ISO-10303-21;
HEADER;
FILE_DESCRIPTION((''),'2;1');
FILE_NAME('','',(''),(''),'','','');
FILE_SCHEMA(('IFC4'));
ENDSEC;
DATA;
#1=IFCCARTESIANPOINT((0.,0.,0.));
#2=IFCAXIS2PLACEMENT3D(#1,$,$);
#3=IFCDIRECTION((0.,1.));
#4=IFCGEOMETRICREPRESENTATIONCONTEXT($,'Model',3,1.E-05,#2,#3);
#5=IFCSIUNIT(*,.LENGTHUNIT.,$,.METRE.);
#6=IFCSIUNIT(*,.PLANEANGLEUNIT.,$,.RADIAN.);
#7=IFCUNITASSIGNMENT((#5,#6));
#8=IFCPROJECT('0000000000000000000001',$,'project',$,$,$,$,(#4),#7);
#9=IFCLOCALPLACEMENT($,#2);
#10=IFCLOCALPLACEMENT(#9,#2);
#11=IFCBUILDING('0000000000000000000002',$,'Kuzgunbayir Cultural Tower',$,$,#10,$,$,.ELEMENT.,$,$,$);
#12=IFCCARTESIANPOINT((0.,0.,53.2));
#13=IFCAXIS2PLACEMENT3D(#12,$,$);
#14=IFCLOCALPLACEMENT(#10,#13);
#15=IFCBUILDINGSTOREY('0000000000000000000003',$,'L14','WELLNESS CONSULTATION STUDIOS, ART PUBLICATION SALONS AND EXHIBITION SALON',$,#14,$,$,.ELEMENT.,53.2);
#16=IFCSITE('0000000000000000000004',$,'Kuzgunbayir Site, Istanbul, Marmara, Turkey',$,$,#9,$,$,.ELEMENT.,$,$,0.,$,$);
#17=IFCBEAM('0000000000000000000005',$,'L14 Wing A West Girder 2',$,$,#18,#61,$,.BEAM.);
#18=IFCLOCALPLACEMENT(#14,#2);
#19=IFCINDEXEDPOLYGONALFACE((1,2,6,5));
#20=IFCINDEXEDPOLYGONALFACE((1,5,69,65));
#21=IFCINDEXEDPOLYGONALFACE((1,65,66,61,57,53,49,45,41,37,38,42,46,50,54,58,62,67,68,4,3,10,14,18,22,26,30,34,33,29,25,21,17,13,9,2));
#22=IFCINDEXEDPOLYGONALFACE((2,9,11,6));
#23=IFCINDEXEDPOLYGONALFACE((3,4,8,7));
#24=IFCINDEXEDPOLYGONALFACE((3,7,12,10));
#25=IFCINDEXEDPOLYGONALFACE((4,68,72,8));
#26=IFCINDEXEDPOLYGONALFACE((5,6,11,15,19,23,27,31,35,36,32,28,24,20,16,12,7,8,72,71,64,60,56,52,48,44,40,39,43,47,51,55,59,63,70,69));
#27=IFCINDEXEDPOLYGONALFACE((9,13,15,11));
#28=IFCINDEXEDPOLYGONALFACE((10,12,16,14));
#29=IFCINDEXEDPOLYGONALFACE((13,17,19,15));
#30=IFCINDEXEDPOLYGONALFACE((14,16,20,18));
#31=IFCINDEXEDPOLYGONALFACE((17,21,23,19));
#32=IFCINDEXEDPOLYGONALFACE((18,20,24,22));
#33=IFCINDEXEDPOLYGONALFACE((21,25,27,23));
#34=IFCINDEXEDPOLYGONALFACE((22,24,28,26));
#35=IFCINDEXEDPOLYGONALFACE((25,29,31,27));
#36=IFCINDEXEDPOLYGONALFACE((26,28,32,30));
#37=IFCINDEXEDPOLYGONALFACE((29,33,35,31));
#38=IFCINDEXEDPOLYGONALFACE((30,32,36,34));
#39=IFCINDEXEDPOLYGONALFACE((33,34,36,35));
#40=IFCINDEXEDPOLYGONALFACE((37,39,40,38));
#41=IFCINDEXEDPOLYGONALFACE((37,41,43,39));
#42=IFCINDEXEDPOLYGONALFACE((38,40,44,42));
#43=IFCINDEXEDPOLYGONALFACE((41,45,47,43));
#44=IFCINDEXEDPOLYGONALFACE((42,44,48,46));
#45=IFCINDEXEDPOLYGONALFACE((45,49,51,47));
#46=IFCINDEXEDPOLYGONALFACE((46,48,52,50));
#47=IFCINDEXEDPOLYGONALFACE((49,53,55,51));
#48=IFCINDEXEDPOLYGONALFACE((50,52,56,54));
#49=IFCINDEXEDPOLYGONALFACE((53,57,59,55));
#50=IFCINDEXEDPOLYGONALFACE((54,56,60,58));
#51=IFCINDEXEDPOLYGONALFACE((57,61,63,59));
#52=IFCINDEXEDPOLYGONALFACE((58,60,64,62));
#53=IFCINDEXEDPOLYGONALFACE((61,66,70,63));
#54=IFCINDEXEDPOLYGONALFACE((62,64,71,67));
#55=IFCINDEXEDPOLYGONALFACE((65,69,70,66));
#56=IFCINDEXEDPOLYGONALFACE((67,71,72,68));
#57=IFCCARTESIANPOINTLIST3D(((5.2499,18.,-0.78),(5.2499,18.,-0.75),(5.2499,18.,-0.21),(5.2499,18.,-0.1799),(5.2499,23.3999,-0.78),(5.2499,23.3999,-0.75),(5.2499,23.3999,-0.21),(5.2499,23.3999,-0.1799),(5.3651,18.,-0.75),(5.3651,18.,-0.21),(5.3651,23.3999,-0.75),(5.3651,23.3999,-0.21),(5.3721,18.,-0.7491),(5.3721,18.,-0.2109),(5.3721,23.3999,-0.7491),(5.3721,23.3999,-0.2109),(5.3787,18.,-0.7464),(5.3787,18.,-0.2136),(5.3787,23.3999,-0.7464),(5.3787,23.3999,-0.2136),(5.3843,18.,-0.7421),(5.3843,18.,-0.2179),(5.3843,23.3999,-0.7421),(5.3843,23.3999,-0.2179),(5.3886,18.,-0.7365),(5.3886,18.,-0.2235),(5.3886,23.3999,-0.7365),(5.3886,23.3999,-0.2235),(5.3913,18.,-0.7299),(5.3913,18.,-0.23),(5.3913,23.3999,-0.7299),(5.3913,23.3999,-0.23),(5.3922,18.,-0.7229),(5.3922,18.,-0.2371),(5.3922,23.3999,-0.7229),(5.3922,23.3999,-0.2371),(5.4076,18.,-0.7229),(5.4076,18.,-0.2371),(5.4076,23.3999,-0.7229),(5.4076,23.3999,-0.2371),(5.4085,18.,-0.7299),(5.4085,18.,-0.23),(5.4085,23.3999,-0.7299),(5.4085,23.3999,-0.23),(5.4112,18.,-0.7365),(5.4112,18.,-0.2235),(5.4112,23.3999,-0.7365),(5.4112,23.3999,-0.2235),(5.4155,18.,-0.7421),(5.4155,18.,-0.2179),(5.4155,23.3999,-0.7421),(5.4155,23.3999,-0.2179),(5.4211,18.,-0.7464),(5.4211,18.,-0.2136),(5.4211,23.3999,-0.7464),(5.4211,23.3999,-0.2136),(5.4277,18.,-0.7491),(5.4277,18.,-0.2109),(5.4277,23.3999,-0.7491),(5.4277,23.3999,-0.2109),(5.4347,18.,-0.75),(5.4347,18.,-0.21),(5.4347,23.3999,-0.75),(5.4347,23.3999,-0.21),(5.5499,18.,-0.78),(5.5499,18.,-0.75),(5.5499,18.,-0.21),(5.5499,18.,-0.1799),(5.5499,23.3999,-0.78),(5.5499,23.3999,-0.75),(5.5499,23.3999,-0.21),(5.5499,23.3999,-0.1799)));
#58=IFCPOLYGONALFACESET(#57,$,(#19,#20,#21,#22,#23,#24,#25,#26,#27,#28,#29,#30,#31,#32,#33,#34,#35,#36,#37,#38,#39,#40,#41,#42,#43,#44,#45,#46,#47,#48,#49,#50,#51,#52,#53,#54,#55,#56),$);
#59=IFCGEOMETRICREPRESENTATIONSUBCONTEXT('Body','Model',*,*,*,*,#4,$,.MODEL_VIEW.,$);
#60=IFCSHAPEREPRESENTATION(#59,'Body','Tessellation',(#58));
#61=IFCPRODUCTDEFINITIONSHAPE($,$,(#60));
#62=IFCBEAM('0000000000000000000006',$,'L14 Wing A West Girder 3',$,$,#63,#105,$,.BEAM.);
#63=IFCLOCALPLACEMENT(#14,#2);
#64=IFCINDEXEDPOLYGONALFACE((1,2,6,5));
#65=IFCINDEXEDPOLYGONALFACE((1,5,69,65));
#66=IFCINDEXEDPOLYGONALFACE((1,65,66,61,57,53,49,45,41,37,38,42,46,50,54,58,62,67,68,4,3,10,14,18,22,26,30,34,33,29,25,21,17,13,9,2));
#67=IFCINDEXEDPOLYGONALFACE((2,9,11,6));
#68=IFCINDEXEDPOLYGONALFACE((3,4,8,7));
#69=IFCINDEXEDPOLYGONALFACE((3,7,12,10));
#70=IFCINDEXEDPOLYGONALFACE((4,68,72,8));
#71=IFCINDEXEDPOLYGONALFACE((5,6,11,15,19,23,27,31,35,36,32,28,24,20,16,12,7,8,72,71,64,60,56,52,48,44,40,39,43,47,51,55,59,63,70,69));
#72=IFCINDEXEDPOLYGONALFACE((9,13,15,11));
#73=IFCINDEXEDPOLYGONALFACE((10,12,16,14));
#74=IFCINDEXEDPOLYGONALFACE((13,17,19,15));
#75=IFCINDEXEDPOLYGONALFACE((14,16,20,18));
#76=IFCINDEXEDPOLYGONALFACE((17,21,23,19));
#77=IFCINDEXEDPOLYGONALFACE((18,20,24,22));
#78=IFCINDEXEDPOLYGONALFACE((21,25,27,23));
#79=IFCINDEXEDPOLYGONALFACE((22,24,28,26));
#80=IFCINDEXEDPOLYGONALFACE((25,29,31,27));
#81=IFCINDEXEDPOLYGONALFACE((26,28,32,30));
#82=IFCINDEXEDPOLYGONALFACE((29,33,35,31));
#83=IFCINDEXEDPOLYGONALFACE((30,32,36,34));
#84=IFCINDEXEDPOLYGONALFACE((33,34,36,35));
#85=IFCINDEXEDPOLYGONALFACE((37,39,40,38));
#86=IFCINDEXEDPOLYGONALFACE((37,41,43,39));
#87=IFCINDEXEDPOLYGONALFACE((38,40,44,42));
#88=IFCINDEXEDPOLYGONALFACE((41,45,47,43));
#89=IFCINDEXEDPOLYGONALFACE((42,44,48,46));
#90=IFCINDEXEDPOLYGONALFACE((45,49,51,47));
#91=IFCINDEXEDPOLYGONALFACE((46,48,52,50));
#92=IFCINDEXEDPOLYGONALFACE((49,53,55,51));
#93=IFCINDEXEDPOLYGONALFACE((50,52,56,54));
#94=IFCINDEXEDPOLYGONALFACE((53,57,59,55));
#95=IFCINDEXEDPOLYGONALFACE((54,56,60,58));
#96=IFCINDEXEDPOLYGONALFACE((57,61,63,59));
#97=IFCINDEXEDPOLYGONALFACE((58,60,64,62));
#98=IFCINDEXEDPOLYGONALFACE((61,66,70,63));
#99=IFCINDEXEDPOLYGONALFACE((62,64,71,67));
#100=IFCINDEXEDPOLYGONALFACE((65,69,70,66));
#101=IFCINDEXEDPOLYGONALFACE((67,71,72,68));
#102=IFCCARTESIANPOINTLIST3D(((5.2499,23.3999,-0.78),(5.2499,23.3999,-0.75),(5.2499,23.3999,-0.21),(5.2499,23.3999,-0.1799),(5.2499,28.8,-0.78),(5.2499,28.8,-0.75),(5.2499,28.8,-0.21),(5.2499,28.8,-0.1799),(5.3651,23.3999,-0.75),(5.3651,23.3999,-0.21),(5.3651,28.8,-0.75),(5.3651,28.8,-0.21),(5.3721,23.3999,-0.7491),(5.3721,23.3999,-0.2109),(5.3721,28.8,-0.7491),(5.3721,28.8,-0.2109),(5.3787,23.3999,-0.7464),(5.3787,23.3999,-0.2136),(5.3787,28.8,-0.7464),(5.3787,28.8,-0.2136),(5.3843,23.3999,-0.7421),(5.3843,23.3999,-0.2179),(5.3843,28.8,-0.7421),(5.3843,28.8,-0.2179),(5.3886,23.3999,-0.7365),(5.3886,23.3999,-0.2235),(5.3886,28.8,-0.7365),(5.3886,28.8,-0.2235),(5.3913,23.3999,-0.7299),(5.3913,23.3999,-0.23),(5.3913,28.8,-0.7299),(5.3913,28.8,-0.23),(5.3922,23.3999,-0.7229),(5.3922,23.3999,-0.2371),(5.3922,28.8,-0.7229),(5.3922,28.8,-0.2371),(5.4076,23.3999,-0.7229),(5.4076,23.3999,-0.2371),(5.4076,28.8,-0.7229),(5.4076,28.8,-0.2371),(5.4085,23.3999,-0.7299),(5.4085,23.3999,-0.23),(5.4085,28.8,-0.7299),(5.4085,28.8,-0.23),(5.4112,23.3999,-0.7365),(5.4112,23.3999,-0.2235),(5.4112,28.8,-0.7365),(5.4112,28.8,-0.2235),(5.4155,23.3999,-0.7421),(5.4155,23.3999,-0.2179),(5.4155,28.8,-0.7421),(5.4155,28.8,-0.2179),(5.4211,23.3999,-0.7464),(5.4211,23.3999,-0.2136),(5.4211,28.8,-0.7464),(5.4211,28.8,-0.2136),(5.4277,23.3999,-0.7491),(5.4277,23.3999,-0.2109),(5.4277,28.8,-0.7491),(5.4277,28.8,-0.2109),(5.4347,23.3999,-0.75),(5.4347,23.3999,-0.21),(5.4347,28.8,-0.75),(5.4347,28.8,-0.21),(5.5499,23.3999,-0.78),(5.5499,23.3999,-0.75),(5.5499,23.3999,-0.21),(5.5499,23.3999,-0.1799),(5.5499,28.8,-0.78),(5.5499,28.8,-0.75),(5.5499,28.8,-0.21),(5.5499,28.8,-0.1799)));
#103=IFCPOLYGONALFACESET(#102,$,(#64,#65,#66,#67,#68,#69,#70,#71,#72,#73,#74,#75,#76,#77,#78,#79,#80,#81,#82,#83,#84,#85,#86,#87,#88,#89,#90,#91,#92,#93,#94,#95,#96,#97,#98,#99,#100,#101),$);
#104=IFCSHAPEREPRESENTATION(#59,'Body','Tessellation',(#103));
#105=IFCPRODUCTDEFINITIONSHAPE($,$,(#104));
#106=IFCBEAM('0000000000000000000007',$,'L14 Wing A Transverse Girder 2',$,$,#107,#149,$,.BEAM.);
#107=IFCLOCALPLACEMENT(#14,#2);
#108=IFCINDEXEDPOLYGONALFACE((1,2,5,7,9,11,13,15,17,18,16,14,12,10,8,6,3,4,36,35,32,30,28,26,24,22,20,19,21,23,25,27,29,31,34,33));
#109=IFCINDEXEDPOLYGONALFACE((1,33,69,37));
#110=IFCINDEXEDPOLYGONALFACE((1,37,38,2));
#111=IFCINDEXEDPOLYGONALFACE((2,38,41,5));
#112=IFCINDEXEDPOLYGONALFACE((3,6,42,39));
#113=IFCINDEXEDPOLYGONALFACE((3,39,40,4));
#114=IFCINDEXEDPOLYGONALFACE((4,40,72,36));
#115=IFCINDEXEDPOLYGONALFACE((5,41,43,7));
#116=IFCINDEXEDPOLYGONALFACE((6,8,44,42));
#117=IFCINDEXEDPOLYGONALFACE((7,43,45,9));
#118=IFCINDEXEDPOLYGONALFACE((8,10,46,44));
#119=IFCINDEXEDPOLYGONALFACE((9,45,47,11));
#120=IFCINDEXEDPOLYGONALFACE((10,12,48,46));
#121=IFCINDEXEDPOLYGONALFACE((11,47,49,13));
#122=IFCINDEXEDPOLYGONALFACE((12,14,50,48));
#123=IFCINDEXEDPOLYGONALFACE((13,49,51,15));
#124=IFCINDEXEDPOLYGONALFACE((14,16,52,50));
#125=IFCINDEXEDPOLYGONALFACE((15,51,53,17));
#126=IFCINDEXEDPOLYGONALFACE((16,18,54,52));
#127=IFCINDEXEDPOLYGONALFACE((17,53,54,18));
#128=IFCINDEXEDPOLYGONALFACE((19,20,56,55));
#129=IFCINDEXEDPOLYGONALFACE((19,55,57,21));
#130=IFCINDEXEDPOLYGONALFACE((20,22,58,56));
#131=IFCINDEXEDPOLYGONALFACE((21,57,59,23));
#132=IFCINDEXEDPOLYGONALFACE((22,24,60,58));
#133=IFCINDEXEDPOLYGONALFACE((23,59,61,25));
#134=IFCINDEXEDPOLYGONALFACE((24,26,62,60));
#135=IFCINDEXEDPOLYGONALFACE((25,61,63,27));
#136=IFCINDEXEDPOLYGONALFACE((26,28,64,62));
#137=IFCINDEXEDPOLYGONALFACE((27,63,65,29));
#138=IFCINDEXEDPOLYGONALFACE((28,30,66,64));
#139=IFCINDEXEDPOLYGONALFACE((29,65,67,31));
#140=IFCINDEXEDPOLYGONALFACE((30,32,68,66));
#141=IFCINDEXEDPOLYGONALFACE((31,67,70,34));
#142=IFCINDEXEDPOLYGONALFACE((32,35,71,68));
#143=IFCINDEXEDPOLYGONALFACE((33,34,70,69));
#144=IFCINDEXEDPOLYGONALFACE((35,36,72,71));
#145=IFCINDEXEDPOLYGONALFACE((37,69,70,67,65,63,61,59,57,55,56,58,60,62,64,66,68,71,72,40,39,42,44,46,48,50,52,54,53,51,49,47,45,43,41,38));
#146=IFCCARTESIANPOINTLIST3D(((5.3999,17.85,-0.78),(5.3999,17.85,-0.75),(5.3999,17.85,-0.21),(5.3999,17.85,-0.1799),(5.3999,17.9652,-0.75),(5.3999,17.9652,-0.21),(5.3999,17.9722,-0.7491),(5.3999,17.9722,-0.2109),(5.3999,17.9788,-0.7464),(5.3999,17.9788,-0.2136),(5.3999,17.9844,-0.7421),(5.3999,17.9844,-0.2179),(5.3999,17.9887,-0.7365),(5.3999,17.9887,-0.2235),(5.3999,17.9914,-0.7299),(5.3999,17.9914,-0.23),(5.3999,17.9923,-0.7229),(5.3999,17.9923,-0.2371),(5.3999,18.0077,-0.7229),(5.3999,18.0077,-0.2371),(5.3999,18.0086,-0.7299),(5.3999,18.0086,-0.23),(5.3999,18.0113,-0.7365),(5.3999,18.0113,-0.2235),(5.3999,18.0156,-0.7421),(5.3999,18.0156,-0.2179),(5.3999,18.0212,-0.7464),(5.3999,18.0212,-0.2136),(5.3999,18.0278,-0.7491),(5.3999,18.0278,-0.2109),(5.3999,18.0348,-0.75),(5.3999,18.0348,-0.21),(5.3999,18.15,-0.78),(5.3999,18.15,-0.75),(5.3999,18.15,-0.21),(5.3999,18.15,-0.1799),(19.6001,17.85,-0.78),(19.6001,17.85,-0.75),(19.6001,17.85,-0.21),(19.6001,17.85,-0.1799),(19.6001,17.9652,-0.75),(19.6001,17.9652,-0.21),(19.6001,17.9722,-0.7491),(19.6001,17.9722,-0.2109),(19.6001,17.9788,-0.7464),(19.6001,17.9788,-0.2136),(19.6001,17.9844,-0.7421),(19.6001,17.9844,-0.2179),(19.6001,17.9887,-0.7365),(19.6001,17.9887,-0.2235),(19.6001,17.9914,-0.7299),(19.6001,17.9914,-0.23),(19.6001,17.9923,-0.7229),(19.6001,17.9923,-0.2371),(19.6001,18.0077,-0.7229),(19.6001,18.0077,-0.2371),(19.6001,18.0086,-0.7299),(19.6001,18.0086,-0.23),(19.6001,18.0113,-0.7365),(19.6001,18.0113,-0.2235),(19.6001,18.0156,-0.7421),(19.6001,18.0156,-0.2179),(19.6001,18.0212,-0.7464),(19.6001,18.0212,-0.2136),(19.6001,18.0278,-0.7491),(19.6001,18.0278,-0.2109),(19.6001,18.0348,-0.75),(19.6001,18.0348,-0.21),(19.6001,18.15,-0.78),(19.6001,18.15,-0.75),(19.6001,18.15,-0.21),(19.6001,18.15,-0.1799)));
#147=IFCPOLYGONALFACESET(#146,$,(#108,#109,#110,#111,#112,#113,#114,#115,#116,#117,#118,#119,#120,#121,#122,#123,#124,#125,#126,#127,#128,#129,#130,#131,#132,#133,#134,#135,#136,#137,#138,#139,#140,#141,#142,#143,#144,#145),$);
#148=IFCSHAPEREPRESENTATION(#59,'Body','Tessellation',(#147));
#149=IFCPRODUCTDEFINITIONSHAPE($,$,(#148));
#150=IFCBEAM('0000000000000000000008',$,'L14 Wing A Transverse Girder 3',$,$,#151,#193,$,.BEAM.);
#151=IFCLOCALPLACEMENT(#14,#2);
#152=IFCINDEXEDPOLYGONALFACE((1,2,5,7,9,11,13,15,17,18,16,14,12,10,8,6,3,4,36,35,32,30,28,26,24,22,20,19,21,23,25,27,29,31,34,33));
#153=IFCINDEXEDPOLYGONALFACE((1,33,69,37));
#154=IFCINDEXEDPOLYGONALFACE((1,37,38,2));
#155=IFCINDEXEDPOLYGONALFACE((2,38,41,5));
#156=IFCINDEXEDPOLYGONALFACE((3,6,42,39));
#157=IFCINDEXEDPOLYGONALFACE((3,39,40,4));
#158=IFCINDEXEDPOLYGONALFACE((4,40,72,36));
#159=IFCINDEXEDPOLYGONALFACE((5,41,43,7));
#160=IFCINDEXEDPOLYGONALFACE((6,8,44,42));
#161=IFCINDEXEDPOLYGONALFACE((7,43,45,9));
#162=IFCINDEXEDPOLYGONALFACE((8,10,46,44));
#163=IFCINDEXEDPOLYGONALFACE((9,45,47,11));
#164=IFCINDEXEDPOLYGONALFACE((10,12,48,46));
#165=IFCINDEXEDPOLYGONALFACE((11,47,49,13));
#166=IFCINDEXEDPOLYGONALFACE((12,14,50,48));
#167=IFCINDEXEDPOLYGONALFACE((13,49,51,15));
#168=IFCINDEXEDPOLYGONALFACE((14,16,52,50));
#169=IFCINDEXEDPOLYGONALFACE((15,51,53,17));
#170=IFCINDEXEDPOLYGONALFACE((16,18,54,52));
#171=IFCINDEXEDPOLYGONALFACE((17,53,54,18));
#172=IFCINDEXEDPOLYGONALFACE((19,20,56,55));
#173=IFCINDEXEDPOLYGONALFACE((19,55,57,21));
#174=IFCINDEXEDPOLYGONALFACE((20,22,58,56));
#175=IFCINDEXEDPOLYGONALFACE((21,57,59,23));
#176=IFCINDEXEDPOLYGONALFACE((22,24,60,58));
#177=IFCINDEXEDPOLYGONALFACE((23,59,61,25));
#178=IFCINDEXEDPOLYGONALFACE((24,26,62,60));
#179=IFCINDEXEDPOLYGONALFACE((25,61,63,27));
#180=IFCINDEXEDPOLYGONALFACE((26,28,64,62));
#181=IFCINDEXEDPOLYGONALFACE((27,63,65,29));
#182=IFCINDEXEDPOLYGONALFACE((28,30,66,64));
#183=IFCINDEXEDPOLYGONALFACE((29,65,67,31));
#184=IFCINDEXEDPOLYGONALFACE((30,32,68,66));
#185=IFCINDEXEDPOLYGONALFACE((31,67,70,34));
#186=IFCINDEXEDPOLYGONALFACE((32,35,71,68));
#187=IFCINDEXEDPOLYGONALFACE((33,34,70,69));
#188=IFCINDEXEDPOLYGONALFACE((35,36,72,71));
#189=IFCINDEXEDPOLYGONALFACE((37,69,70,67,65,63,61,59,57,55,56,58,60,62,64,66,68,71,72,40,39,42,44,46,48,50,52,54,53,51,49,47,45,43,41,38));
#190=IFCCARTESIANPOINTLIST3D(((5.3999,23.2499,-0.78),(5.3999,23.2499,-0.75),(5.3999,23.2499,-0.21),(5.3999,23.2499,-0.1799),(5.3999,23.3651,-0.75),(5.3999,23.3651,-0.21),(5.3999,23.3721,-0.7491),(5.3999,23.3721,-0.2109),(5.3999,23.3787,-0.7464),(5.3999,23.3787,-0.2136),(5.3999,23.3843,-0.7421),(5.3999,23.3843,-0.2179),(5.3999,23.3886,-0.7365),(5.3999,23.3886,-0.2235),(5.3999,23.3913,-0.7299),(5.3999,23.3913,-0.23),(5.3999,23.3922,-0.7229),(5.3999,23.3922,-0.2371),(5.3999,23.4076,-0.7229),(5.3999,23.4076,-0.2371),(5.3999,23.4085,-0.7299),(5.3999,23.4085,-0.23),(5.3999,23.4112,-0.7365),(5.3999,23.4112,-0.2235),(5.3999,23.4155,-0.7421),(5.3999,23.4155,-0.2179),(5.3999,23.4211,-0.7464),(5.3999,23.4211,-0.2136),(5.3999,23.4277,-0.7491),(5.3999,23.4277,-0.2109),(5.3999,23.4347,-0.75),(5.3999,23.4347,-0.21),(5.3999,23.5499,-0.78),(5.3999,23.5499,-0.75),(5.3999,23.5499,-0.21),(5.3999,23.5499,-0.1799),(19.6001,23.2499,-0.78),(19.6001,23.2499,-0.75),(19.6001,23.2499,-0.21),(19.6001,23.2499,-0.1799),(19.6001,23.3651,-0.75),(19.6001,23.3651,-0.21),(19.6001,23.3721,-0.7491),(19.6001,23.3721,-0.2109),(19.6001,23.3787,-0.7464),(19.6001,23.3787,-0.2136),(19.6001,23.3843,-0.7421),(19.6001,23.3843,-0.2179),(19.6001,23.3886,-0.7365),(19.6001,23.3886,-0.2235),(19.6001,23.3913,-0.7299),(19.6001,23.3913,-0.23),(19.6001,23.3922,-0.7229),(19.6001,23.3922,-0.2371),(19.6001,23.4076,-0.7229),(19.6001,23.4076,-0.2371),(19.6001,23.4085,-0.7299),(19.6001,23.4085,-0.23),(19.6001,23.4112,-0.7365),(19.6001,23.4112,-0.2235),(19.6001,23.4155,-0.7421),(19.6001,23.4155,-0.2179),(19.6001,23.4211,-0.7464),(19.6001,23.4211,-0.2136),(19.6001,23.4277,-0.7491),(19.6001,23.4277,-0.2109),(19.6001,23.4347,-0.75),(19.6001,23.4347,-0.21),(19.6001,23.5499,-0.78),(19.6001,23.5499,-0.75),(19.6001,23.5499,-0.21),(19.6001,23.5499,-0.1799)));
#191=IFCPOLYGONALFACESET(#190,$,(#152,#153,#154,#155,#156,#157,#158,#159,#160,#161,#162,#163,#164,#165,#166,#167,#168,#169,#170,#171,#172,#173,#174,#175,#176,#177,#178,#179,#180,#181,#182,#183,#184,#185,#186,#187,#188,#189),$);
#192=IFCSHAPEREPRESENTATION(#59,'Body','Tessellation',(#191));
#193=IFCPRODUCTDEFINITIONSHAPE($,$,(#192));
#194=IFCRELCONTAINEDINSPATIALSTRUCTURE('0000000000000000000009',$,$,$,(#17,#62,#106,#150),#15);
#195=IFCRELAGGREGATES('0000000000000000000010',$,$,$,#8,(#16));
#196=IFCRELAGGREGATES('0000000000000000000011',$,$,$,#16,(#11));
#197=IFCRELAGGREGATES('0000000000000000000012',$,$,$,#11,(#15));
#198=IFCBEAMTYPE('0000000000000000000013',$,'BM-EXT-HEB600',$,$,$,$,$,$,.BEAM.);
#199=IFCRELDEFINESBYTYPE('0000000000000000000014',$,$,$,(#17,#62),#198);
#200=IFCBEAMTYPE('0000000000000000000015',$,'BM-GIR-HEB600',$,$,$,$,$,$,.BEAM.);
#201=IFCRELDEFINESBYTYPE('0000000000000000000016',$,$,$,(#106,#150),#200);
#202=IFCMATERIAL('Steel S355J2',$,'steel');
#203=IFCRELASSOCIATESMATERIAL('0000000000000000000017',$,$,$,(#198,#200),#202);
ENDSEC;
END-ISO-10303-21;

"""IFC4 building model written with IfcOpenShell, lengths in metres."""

from ifc_helpers import new_model, si_unit, direction, frame, origin, origin_2d, place, context, subcontext, project, spatial, i_section, extrude, material, material_profile, profile_set, type_object, element, save


model = new_model("IFC4")

# Units and contexts
model_context = context("Model", 3, precision=1e-05, world=origin(), true_north=direction((0.0, 1.0)))
body_context = subcontext(model_context, "Body", "Model", "MODEL_VIEW")
ifc_project = project(units=[si_unit("LENGTHUNIT", "METRE"), si_unit("PLANEANGLEUNIT", "RADIAN")], contexts=[model_context])

# Site, building, storey
site_placement = place(None, origin())
site = spatial("IfcSite", under=ifc_project, at=site_placement, Name="Kuzgunbayir Site, Istanbul, Marmara, Turkey", CompositionType="ELEMENT", RefElevation=0.0)
building_placement = place(site_placement, origin())
building = spatial("IfcBuilding", under=site, at=building_placement, Name="Kuzgunbayir Cultural Tower", CompositionType="ELEMENT")
storey_placement = place(building_placement, frame((0.0, 0.0, 53.2)))
storey = spatial("IfcBuildingStorey", under=building, at=storey_placement, Name="L14", Description="WELLNESS CONSULTATION STUDIOS, ART PUBLICATION SALONS AND EXHIBITION SALON", CompositionType="ELEMENT", Elevation=53.2)

# Beams
ifc_material_1 = material(Name="Steel S355J2", Category="steel")
ifc_material_profile_1 = material_profile(ifc_material_1, i_section(OverallWidth=0.3, OverallDepth=0.6001, WebThickness=0.0154, FlangeThickness=0.03, FilletRadius=0.0271, at=origin_2d()), Name="HEB 600")
ifc_profile_set_1 = profile_set([ifc_material_profile_1], Name="Steel S355J2")
beam_type_1 = type_object("IfcBeamType", Name="BM-EXT-HEB600", PredefinedType="BEAM", material=ifc_profile_set_1)
beam_1_placement = place(storey_placement, frame((5.3999, 18.0, -0.48), z_axis=(0.0, 1.0, 0.0), x_axis=(-1.0, 0.0, 0.0)))
element("IfcBeam", 1, at=beam_1_placement, inside=storey, type_object=beam_type_1, Name="L14 Wing A West Girder 2", PredefinedType="BEAM", context=body_context, shape_type="SweptSolid", body=[
    extrude(i_section(OverallWidth=0.3, OverallDepth=0.6001, WebThickness=0.0154, FlangeThickness=0.03, FilletRadius=0.0271, at=origin_2d()), origin(), (0.0, 0.0, 1.0), 5.3999),
])
beam_2_placement = place(storey_placement, frame((5.3999, 23.3999, -0.48), z_axis=(0.0, 1.0, 0.0), x_axis=(-1.0, 0.0, 0.0)))
element("IfcBeam", 2, at=beam_2_placement, inside=storey, type_object=beam_type_1, Name="L14 Wing A West Girder 3", PredefinedType="BEAM", context=body_context, shape_type="SweptSolid", body=[
    extrude(i_section(OverallWidth=0.3, OverallDepth=0.6001, WebThickness=0.0154, FlangeThickness=0.03, FilletRadius=0.0271, at=origin_2d()), origin(), (0.0, 0.0, 1.0), 5.4001),
])
ifc_material_profile_2 = material_profile(ifc_material_1, i_section(OverallWidth=0.3, OverallDepth=0.6001, WebThickness=0.0154, FlangeThickness=0.03, FilletRadius=0.0271, at=origin_2d()), Name="HEB 600")
ifc_profile_set_2 = profile_set([ifc_material_profile_2], Name="Steel S355J2")
beam_type_2 = type_object("IfcBeamType", Name="BM-GIR-HEB600", PredefinedType="BEAM", material=ifc_profile_set_2)
for number, where, z_axis, x_axis, name in (
    (3, (5.3999, 18.0, -0.48), (1.0, 0.0, 0.0), (0.0, 1.0, 0.0), "L14 Wing A Transverse Girder 2"),
    (4, (5.3999, 23.3999, -0.48), (1.0, 0.0, 0.0), (0.0, 1.0, 0.0), "L14 Wing A Transverse Girder 3"),
):
    element("IfcBeam", number, at=place(storey_placement, frame(where, z_axis=z_axis, x_axis=x_axis)), inside=storey, type_object=beam_type_2, Name=name, PredefinedType="BEAM", context=body_context, shape_type="SweptSolid", body=[
        extrude(i_section(OverallWidth=0.3, OverallDepth=0.6001, WebThickness=0.0154, FlangeThickness=0.03, FilletRadius=0.0271, at=origin_2d()), origin(), (0.0, 0.0, 1.0), 14.2002),
    ])

save(model, "model.ifc")
